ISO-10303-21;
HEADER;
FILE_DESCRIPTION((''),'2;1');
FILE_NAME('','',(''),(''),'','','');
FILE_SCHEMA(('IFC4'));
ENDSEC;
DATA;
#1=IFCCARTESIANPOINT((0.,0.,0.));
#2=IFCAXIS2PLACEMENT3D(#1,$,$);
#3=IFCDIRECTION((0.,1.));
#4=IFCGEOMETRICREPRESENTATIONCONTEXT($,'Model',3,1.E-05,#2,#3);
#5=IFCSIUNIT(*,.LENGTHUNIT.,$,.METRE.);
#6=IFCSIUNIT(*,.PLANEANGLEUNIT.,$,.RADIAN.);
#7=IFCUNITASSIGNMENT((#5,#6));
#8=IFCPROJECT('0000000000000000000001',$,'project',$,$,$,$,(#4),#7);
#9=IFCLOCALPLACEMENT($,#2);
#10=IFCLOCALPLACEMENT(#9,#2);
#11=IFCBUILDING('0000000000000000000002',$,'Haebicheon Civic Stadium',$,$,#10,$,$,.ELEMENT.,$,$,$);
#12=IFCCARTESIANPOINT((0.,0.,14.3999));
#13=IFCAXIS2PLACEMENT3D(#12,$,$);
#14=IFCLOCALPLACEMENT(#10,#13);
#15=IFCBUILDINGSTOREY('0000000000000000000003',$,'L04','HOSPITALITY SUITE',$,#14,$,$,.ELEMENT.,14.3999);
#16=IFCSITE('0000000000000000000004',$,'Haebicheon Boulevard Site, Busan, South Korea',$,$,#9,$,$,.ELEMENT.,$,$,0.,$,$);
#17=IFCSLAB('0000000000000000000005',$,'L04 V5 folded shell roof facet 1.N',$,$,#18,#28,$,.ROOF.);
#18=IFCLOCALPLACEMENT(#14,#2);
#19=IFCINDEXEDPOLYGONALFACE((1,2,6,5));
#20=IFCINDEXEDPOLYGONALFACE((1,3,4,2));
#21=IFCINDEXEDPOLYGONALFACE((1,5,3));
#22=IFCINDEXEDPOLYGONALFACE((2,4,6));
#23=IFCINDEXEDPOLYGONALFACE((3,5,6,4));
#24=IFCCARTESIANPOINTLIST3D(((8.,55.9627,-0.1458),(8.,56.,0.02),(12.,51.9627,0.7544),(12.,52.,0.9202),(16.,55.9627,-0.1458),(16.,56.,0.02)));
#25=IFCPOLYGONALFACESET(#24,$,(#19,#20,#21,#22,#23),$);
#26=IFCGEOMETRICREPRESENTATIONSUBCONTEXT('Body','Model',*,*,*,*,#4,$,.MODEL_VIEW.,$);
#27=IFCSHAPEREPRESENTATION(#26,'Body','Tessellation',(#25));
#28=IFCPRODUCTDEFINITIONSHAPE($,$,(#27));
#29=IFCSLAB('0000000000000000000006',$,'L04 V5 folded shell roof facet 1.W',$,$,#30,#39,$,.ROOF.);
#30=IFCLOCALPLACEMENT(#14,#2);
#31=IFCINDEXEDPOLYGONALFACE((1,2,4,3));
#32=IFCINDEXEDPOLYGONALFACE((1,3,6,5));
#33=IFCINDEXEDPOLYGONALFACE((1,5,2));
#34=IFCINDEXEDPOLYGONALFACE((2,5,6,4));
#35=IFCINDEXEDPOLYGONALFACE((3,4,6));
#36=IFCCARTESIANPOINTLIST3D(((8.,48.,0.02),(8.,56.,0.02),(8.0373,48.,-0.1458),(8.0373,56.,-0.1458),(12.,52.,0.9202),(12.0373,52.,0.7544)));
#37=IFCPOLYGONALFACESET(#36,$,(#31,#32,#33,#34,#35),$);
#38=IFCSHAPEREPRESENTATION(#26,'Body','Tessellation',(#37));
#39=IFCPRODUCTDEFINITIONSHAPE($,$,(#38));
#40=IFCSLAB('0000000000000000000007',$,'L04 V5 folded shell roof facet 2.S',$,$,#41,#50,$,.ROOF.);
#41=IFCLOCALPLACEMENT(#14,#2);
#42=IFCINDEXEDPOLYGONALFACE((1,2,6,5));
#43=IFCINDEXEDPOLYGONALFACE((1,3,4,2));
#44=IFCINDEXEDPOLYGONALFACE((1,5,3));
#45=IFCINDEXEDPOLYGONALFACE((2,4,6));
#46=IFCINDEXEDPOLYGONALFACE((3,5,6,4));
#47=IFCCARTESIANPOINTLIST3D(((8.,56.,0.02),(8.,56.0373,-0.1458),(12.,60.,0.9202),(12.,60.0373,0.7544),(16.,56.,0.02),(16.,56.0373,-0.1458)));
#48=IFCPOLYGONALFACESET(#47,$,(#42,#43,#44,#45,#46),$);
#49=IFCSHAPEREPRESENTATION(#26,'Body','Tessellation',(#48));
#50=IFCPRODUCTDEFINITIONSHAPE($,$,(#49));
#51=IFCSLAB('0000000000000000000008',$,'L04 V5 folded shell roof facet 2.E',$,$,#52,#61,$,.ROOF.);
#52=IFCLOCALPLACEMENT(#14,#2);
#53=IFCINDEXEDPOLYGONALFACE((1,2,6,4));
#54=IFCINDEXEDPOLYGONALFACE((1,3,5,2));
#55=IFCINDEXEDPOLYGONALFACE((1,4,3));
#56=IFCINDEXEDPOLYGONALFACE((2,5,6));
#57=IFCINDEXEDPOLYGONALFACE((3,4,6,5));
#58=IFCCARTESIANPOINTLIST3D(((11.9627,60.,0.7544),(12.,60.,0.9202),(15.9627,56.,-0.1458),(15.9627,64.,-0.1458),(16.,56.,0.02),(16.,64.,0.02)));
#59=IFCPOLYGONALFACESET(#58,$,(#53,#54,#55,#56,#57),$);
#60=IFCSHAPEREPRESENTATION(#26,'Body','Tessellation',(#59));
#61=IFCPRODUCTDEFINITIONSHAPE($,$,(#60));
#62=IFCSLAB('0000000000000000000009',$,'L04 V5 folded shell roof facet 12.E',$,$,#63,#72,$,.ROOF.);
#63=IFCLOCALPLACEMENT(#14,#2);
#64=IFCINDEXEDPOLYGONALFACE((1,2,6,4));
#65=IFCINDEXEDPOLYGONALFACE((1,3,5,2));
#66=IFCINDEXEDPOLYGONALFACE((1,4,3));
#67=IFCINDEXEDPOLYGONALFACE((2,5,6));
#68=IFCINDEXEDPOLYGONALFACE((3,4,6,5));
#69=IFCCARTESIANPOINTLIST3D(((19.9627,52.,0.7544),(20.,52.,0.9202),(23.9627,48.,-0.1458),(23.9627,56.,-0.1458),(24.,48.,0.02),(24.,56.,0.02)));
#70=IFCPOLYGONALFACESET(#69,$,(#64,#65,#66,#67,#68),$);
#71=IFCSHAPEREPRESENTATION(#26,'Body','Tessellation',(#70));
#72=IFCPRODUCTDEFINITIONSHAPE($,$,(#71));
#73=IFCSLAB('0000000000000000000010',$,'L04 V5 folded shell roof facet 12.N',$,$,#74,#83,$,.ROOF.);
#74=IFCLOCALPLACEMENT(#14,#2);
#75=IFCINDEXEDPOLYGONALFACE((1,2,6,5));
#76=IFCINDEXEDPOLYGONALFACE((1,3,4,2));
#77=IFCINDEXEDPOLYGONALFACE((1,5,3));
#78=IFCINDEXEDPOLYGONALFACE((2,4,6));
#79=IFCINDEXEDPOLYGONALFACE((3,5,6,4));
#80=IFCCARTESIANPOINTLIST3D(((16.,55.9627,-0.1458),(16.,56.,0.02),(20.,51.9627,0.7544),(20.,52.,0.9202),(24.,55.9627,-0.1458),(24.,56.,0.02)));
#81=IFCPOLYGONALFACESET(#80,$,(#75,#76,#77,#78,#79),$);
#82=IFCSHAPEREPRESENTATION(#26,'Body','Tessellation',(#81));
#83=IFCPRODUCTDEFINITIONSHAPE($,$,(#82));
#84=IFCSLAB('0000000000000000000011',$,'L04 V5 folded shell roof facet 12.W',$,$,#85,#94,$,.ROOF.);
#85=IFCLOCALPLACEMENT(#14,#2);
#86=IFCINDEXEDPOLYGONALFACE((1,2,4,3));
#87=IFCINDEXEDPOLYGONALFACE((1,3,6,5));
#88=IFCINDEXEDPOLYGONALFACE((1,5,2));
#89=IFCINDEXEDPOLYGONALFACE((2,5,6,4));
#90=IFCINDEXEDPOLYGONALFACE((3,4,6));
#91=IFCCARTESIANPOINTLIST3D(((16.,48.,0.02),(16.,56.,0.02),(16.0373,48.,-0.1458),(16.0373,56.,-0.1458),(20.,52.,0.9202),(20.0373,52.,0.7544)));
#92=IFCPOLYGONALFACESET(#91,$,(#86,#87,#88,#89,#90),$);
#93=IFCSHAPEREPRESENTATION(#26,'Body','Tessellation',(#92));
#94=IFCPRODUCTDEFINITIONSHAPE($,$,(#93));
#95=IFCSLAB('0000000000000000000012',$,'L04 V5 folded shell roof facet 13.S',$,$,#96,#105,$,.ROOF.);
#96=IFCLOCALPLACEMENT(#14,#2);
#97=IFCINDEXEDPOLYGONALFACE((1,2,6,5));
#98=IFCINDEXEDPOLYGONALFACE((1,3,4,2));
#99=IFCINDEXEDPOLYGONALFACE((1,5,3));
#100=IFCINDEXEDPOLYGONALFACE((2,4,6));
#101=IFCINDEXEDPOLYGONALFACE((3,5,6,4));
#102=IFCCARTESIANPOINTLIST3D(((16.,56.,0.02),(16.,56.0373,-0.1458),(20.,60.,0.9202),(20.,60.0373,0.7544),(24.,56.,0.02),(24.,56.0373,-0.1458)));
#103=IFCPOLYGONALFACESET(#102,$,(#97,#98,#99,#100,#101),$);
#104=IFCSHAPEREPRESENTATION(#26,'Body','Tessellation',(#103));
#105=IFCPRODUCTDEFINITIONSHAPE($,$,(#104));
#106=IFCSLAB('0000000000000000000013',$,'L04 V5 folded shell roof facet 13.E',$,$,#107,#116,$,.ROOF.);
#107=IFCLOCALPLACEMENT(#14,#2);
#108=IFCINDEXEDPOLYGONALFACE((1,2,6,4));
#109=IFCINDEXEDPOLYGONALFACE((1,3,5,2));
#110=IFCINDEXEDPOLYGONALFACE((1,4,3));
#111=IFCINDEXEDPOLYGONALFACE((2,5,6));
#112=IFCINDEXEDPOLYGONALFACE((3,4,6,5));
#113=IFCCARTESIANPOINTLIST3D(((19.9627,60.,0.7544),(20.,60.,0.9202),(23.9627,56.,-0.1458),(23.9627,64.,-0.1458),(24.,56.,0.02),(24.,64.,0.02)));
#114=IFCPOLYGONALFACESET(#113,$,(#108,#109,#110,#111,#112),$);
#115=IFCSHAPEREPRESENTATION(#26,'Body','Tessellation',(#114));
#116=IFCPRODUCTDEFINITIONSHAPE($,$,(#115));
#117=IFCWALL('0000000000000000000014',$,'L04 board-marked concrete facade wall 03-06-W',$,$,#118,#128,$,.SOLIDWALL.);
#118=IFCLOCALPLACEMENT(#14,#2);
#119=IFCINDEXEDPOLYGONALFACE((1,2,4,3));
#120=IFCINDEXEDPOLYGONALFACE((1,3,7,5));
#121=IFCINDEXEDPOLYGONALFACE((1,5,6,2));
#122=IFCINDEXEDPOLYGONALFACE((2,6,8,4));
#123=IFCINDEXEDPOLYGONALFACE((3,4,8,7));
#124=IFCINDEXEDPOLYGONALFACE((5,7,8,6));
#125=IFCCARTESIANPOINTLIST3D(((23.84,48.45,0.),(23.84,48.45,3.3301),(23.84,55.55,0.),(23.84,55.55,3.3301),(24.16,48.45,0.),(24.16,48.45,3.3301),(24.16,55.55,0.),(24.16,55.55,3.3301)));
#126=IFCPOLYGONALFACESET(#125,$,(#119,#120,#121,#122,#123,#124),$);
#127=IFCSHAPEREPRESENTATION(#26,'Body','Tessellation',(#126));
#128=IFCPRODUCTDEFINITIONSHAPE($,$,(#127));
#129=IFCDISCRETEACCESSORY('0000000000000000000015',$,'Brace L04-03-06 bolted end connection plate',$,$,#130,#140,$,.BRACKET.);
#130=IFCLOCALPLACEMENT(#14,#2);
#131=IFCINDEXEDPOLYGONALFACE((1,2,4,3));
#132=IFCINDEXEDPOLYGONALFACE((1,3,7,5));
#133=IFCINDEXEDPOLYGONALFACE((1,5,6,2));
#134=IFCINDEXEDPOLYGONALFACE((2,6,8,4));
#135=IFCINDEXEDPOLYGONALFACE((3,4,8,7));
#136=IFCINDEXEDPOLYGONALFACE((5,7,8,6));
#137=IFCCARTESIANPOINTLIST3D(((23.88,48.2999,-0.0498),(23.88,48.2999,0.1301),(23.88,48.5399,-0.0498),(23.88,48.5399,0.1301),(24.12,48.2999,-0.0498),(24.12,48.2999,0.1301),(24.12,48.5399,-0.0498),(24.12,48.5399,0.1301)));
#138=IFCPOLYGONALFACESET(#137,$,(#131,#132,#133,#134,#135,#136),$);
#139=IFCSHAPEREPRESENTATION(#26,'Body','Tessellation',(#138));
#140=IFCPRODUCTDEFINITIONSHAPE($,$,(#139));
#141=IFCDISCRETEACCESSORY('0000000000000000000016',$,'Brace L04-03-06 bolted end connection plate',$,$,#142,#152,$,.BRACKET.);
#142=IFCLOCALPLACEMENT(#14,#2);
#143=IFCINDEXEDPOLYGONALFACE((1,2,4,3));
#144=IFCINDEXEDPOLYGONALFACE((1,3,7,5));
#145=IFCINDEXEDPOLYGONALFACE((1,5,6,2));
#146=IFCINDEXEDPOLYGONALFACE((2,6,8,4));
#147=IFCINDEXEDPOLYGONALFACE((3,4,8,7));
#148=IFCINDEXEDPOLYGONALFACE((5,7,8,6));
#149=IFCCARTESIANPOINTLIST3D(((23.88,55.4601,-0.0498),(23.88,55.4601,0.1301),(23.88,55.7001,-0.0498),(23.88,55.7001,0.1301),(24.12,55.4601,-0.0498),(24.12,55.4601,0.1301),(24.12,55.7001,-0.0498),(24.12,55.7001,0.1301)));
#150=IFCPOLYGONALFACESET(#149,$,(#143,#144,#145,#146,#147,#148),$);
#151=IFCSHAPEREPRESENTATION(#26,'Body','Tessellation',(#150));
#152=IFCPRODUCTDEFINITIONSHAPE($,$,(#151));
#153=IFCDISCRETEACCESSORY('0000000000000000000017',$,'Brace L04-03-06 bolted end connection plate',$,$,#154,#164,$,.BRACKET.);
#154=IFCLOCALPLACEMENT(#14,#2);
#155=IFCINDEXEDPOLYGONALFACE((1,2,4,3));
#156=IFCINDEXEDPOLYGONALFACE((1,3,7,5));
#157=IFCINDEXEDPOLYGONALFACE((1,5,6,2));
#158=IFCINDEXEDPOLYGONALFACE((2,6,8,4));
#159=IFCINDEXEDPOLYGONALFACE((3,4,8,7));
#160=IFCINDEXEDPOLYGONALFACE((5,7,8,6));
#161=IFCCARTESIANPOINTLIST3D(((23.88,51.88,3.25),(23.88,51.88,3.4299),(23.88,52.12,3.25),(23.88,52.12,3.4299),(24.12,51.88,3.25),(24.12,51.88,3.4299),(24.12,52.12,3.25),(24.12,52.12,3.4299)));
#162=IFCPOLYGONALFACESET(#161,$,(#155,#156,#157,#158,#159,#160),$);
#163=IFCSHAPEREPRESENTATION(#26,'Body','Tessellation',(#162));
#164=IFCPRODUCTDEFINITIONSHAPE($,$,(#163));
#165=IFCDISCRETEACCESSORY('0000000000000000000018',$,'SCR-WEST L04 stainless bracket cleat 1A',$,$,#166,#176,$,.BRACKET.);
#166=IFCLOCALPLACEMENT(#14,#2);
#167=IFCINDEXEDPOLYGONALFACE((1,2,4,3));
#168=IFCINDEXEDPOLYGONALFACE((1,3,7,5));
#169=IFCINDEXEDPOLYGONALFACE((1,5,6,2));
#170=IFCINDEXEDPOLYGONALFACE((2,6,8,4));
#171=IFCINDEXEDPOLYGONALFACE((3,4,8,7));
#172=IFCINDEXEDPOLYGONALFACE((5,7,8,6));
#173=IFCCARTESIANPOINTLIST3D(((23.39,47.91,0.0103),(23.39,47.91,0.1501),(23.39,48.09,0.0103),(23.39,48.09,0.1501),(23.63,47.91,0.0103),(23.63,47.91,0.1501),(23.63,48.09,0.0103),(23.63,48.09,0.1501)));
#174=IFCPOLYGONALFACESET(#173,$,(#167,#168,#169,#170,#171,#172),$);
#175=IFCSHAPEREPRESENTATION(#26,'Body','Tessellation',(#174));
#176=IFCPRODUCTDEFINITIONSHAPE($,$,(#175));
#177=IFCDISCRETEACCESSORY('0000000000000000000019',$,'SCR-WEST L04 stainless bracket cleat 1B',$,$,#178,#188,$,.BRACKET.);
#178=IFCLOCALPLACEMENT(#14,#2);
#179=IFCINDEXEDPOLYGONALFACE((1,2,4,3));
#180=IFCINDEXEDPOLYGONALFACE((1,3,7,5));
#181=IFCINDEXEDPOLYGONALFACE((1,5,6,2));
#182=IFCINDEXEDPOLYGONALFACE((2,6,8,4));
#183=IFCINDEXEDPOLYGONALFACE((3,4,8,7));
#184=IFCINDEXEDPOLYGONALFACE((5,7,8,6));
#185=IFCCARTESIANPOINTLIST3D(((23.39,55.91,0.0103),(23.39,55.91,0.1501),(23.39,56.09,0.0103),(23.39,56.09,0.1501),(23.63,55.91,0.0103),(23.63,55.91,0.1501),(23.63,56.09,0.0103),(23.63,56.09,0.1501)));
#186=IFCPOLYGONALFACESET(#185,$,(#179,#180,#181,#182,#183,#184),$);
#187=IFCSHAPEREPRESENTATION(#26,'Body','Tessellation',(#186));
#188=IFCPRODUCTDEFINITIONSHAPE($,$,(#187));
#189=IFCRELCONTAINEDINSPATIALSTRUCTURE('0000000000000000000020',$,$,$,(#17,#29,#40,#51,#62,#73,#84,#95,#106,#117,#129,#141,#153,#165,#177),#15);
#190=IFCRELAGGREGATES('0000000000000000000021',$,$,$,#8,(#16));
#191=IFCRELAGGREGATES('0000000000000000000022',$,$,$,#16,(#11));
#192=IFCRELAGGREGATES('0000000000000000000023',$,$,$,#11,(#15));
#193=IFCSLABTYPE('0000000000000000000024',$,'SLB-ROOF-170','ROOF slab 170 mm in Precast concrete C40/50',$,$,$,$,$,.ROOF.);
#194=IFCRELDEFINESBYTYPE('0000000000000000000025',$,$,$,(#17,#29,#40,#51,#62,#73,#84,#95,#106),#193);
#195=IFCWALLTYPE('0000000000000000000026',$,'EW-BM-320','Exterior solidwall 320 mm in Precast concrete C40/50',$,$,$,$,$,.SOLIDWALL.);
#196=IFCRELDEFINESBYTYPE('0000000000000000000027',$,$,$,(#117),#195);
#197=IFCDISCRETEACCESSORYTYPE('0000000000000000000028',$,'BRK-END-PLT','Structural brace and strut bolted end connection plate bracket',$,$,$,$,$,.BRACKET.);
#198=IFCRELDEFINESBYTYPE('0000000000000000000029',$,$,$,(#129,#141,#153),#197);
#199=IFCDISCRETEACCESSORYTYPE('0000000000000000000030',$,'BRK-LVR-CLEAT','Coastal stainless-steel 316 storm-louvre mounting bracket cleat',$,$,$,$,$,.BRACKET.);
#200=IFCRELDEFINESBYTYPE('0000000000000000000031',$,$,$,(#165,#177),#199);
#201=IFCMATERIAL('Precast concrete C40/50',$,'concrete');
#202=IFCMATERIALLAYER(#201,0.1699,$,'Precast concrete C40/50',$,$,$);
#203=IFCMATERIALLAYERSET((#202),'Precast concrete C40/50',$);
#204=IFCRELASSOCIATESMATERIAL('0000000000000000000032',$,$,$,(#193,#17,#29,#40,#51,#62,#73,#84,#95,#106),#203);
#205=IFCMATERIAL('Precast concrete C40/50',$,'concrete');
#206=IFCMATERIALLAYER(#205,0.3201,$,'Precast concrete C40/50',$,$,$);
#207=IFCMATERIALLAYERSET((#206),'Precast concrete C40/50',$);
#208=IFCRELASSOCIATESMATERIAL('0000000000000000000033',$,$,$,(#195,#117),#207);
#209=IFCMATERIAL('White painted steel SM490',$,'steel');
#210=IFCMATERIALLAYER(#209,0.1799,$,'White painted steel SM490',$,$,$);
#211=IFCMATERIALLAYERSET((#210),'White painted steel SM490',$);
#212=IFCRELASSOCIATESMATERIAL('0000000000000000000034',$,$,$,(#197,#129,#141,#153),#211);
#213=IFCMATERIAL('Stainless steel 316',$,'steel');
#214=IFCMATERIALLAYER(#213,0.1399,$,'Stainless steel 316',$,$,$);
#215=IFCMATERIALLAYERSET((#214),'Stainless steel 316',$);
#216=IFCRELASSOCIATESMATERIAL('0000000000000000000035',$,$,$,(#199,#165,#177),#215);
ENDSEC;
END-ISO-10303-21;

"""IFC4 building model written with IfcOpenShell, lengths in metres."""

from ifc_helpers import new_model, si_unit, direction, frame, frame_2d, origin, origin_2d, place, context, subcontext, project, spatial, polyline, rectangle, outline, extrude, material, layer, layer_set, type_object, element, save


model = new_model("IFC4")

# Units and contexts
model_context = context("Model", 3, precision=1e-05, world=origin(), true_north=direction((0.0, 1.0)))
body_context = subcontext(model_context, "Body", "Model", "MODEL_VIEW")
ifc_project = project(units=[si_unit("LENGTHUNIT", "METRE"), si_unit("PLANEANGLEUNIT", "RADIAN")], contexts=[model_context])

# Site, building, storey
site_placement = place(None, origin())
site = spatial("IfcSite", under=ifc_project, at=site_placement, Name="Haebicheon Boulevard Site, Busan, South Korea", CompositionType="ELEMENT", RefElevation=0.0)
building_placement = place(site_placement, origin())
building = spatial("IfcBuilding", under=site, at=building_placement, Name="Haebicheon Civic Stadium", CompositionType="ELEMENT")
storey_placement = place(building_placement, frame((0.0, 0.0, 14.3999)))
storey = spatial("IfcBuildingStorey", under=building, at=storey_placement, Name="L04", Description="HOSPITALITY SUITE", CompositionType="ELEMENT", Elevation=14.3999)

# Slabs
ifc_material_1 = material(Name="Precast concrete C40/50", Category="concrete")
ifc_layer_1 = layer(ifc_material_1, 0.1699, Name="Precast concrete C40/50")
ifc_layer_set_1 = layer_set([ifc_layer_1], Name="Precast concrete C40/50")
slab_type = type_object("IfcSlabType", Name="SLB-ROOF-170", Description="ROOF slab 170 mm in Precast concrete C40/50", PredefinedType="ROOF", material=ifc_layer_set_1)
for number, where, z_axis, x_axis, name in (
    (1, (16.0, 56.0, 0.02), (0.0, 0.219546, 0.975602), (-1.0, 0.0, 0.0), "L04 V5 folded shell roof facet 1.N"),
    (2, (8.0, 56.0, 0.02), (-0.219546, 0.0, 0.975602), (0.0, -1.0, 0.0), "L04 V5 folded shell roof facet 1.W"),
    (3, (8.0, 56.0, 0.02), (0.0, -0.219546, 0.975602), (1.0, 0.0, 0.0), "L04 V5 folded shell roof facet 2.S"),
    (4, (16.0, 56.0, 0.02), (0.219546, 0.0, 0.975602), (0.0, 1.0, 0.0), "L04 V5 folded shell roof facet 2.E"),
    (5, (24.0, 48.0, 0.02), (0.219546, 0.0, 0.975602), (0.0, 1.0, 0.0), "L04 V5 folded shell roof facet 12.E"),
    (6, (24.0, 56.0, 0.02), (0.0, 0.219546, 0.975602), (-1.0, 0.0, 0.0), "L04 V5 folded shell roof facet 12.N"),
    (7, (16.0, 56.0, 0.02), (-0.219546, 0.0, 0.975602), (0.0, -1.0, 0.0), "L04 V5 folded shell roof facet 12.W"),
    (8, (16.0, 56.0, 0.02), (0.0, -0.219546, 0.975602), (1.0, 0.0, 0.0), "L04 V5 folded shell roof facet 13.S"),
    (9, (24.0, 56.0, 0.02), (0.219546, 0.0, 0.975602), (0.0, 1.0, 0.0), "L04 V5 folded shell roof facet 13.E"),
):
    element("IfcSlab", number, at=place(storey_placement, frame(where, z_axis=z_axis, x_axis=x_axis)), inside=storey, type_object=slab_type, material=ifc_layer_set_1, Name=name, PredefinedType="ROOF", context=body_context, shape_type="SweptSolid", body=[
        extrude(outline(polyline([(0.0, 0.0), (8.0, 0.0), (4.0, 4.1), (0.0, 0.0)])), origin(), (0.0, 0.0, -1.0), 0.1699),
    ])

# Wall
ifc_material_2 = material(Name="Precast concrete C40/50", Category="concrete")
ifc_layer_2 = layer(ifc_material_2, 0.3201, Name="Precast concrete C40/50")
ifc_layer_set_2 = layer_set([ifc_layer_2], Name="Precast concrete C40/50")
wall_type = type_object("IfcWallType", Name="EW-BM-320", Description="Exterior solidwall 320 mm in Precast concrete C40/50", PredefinedType="SOLIDWALL", material=ifc_layer_set_2)
wall_placement = place(storey_placement, frame((24.0, 48.45, 0.0), z_axis=(0.0, 0.0, 1.0), x_axis=(0.0, 1.0, 0.0)))
element("IfcWall", 10, at=wall_placement, inside=storey, type_object=wall_type, material=ifc_layer_set_2, Name="L04 board-marked concrete facade wall 03-06-W", PredefinedType="SOLIDWALL", context=body_context, shape_type="SweptSolid", body=[
    extrude(rectangle(XDim=7.1001, YDim=0.3201, at=frame_2d((3.55, 0.0))), origin(), (0.0, 0.0, 1.0), 3.3301),
])

# Discrete accessories
ifc_material_3 = material(Name="White painted steel SM490", Category="steel")
ifc_layer_3 = layer(ifc_material_3, 0.1799, Name="White painted steel SM490")
ifc_layer_set_3 = layer_set([ifc_layer_3], Name="White painted steel SM490")
discrete_accessory_type_1 = type_object("IfcDiscreteAccessoryType", Name="BRK-END-PLT", Description="Structural brace and strut bolted end connection plate bracket", PredefinedType="BRACKET", material=ifc_layer_set_3)
for number, where, z_axis, x_axis, name in (
    (11, (24.0, 48.4199, -0.0498), (0.0, 0.0, 1.0), (1.0, 0.0, 0.0), "Brace L04-03-06 bolted end connection plate"),
    (12, (24.0, 55.5801, -0.0498), (0.0, 0.0, 1.0), (1.0, 0.0, 0.0), "Brace L04-03-06 bolted end connection plate"),
    (13, (24.0, 52.0, 3.25), (0.0, 0.0, 1.0), (1.0, 0.0, 0.0), "Brace L04-03-06 bolted end connection plate"),
):
    element("IfcDiscreteAccessory", number, at=place(storey_placement, frame(where, z_axis=z_axis, x_axis=x_axis)), inside=storey, type_object=discrete_accessory_type_1, material=ifc_layer_set_3, Name=name, PredefinedType="BRACKET", context=body_context, shape_type="SweptSolid", body=[
        extrude(rectangle(XDim=0.24, YDim=0.24, at=origin_2d()), origin(), (0.0, 0.0, 1.0), 0.1799),
    ])
ifc_material_4 = material(Name="Stainless steel 316", Category="steel")
ifc_layer_4 = layer(ifc_material_4, 0.1399, Name="Stainless steel 316")
ifc_layer_set_4 = layer_set([ifc_layer_4], Name="Stainless steel 316")
discrete_accessory_type_2 = type_object("IfcDiscreteAccessoryType", Name="BRK-LVR-CLEAT", Description="Coastal stainless-steel 316 storm-louvre mounting bracket cleat", PredefinedType="BRACKET", material=ifc_layer_set_4)
for number, where, z_axis, x_axis, name in (
    (14, (23.51, 48.0, 0.0103), (0.0, 0.0, 1.0), (1.0, 0.0, 0.0), "SCR-WEST L04 stainless bracket cleat 1A"),
    (15, (23.51, 56.0, 0.0103), (0.0, 0.0, 1.0), (1.0, 0.0, 0.0), "SCR-WEST L04 stainless bracket cleat 1B"),
):
    element("IfcDiscreteAccessory", number, at=place(storey_placement, frame(where, z_axis=z_axis, x_axis=x_axis)), inside=storey, type_object=discrete_accessory_type_2, material=ifc_layer_set_4, Name=name, PredefinedType="BRACKET", context=body_context, shape_type="SweptSolid", body=[
        extrude(rectangle(XDim=0.24, YDim=0.1799, at=origin_2d()), origin(), (0.0, 0.0, 1.0), 0.1399),
    ])

save(model, "model.ifc")
